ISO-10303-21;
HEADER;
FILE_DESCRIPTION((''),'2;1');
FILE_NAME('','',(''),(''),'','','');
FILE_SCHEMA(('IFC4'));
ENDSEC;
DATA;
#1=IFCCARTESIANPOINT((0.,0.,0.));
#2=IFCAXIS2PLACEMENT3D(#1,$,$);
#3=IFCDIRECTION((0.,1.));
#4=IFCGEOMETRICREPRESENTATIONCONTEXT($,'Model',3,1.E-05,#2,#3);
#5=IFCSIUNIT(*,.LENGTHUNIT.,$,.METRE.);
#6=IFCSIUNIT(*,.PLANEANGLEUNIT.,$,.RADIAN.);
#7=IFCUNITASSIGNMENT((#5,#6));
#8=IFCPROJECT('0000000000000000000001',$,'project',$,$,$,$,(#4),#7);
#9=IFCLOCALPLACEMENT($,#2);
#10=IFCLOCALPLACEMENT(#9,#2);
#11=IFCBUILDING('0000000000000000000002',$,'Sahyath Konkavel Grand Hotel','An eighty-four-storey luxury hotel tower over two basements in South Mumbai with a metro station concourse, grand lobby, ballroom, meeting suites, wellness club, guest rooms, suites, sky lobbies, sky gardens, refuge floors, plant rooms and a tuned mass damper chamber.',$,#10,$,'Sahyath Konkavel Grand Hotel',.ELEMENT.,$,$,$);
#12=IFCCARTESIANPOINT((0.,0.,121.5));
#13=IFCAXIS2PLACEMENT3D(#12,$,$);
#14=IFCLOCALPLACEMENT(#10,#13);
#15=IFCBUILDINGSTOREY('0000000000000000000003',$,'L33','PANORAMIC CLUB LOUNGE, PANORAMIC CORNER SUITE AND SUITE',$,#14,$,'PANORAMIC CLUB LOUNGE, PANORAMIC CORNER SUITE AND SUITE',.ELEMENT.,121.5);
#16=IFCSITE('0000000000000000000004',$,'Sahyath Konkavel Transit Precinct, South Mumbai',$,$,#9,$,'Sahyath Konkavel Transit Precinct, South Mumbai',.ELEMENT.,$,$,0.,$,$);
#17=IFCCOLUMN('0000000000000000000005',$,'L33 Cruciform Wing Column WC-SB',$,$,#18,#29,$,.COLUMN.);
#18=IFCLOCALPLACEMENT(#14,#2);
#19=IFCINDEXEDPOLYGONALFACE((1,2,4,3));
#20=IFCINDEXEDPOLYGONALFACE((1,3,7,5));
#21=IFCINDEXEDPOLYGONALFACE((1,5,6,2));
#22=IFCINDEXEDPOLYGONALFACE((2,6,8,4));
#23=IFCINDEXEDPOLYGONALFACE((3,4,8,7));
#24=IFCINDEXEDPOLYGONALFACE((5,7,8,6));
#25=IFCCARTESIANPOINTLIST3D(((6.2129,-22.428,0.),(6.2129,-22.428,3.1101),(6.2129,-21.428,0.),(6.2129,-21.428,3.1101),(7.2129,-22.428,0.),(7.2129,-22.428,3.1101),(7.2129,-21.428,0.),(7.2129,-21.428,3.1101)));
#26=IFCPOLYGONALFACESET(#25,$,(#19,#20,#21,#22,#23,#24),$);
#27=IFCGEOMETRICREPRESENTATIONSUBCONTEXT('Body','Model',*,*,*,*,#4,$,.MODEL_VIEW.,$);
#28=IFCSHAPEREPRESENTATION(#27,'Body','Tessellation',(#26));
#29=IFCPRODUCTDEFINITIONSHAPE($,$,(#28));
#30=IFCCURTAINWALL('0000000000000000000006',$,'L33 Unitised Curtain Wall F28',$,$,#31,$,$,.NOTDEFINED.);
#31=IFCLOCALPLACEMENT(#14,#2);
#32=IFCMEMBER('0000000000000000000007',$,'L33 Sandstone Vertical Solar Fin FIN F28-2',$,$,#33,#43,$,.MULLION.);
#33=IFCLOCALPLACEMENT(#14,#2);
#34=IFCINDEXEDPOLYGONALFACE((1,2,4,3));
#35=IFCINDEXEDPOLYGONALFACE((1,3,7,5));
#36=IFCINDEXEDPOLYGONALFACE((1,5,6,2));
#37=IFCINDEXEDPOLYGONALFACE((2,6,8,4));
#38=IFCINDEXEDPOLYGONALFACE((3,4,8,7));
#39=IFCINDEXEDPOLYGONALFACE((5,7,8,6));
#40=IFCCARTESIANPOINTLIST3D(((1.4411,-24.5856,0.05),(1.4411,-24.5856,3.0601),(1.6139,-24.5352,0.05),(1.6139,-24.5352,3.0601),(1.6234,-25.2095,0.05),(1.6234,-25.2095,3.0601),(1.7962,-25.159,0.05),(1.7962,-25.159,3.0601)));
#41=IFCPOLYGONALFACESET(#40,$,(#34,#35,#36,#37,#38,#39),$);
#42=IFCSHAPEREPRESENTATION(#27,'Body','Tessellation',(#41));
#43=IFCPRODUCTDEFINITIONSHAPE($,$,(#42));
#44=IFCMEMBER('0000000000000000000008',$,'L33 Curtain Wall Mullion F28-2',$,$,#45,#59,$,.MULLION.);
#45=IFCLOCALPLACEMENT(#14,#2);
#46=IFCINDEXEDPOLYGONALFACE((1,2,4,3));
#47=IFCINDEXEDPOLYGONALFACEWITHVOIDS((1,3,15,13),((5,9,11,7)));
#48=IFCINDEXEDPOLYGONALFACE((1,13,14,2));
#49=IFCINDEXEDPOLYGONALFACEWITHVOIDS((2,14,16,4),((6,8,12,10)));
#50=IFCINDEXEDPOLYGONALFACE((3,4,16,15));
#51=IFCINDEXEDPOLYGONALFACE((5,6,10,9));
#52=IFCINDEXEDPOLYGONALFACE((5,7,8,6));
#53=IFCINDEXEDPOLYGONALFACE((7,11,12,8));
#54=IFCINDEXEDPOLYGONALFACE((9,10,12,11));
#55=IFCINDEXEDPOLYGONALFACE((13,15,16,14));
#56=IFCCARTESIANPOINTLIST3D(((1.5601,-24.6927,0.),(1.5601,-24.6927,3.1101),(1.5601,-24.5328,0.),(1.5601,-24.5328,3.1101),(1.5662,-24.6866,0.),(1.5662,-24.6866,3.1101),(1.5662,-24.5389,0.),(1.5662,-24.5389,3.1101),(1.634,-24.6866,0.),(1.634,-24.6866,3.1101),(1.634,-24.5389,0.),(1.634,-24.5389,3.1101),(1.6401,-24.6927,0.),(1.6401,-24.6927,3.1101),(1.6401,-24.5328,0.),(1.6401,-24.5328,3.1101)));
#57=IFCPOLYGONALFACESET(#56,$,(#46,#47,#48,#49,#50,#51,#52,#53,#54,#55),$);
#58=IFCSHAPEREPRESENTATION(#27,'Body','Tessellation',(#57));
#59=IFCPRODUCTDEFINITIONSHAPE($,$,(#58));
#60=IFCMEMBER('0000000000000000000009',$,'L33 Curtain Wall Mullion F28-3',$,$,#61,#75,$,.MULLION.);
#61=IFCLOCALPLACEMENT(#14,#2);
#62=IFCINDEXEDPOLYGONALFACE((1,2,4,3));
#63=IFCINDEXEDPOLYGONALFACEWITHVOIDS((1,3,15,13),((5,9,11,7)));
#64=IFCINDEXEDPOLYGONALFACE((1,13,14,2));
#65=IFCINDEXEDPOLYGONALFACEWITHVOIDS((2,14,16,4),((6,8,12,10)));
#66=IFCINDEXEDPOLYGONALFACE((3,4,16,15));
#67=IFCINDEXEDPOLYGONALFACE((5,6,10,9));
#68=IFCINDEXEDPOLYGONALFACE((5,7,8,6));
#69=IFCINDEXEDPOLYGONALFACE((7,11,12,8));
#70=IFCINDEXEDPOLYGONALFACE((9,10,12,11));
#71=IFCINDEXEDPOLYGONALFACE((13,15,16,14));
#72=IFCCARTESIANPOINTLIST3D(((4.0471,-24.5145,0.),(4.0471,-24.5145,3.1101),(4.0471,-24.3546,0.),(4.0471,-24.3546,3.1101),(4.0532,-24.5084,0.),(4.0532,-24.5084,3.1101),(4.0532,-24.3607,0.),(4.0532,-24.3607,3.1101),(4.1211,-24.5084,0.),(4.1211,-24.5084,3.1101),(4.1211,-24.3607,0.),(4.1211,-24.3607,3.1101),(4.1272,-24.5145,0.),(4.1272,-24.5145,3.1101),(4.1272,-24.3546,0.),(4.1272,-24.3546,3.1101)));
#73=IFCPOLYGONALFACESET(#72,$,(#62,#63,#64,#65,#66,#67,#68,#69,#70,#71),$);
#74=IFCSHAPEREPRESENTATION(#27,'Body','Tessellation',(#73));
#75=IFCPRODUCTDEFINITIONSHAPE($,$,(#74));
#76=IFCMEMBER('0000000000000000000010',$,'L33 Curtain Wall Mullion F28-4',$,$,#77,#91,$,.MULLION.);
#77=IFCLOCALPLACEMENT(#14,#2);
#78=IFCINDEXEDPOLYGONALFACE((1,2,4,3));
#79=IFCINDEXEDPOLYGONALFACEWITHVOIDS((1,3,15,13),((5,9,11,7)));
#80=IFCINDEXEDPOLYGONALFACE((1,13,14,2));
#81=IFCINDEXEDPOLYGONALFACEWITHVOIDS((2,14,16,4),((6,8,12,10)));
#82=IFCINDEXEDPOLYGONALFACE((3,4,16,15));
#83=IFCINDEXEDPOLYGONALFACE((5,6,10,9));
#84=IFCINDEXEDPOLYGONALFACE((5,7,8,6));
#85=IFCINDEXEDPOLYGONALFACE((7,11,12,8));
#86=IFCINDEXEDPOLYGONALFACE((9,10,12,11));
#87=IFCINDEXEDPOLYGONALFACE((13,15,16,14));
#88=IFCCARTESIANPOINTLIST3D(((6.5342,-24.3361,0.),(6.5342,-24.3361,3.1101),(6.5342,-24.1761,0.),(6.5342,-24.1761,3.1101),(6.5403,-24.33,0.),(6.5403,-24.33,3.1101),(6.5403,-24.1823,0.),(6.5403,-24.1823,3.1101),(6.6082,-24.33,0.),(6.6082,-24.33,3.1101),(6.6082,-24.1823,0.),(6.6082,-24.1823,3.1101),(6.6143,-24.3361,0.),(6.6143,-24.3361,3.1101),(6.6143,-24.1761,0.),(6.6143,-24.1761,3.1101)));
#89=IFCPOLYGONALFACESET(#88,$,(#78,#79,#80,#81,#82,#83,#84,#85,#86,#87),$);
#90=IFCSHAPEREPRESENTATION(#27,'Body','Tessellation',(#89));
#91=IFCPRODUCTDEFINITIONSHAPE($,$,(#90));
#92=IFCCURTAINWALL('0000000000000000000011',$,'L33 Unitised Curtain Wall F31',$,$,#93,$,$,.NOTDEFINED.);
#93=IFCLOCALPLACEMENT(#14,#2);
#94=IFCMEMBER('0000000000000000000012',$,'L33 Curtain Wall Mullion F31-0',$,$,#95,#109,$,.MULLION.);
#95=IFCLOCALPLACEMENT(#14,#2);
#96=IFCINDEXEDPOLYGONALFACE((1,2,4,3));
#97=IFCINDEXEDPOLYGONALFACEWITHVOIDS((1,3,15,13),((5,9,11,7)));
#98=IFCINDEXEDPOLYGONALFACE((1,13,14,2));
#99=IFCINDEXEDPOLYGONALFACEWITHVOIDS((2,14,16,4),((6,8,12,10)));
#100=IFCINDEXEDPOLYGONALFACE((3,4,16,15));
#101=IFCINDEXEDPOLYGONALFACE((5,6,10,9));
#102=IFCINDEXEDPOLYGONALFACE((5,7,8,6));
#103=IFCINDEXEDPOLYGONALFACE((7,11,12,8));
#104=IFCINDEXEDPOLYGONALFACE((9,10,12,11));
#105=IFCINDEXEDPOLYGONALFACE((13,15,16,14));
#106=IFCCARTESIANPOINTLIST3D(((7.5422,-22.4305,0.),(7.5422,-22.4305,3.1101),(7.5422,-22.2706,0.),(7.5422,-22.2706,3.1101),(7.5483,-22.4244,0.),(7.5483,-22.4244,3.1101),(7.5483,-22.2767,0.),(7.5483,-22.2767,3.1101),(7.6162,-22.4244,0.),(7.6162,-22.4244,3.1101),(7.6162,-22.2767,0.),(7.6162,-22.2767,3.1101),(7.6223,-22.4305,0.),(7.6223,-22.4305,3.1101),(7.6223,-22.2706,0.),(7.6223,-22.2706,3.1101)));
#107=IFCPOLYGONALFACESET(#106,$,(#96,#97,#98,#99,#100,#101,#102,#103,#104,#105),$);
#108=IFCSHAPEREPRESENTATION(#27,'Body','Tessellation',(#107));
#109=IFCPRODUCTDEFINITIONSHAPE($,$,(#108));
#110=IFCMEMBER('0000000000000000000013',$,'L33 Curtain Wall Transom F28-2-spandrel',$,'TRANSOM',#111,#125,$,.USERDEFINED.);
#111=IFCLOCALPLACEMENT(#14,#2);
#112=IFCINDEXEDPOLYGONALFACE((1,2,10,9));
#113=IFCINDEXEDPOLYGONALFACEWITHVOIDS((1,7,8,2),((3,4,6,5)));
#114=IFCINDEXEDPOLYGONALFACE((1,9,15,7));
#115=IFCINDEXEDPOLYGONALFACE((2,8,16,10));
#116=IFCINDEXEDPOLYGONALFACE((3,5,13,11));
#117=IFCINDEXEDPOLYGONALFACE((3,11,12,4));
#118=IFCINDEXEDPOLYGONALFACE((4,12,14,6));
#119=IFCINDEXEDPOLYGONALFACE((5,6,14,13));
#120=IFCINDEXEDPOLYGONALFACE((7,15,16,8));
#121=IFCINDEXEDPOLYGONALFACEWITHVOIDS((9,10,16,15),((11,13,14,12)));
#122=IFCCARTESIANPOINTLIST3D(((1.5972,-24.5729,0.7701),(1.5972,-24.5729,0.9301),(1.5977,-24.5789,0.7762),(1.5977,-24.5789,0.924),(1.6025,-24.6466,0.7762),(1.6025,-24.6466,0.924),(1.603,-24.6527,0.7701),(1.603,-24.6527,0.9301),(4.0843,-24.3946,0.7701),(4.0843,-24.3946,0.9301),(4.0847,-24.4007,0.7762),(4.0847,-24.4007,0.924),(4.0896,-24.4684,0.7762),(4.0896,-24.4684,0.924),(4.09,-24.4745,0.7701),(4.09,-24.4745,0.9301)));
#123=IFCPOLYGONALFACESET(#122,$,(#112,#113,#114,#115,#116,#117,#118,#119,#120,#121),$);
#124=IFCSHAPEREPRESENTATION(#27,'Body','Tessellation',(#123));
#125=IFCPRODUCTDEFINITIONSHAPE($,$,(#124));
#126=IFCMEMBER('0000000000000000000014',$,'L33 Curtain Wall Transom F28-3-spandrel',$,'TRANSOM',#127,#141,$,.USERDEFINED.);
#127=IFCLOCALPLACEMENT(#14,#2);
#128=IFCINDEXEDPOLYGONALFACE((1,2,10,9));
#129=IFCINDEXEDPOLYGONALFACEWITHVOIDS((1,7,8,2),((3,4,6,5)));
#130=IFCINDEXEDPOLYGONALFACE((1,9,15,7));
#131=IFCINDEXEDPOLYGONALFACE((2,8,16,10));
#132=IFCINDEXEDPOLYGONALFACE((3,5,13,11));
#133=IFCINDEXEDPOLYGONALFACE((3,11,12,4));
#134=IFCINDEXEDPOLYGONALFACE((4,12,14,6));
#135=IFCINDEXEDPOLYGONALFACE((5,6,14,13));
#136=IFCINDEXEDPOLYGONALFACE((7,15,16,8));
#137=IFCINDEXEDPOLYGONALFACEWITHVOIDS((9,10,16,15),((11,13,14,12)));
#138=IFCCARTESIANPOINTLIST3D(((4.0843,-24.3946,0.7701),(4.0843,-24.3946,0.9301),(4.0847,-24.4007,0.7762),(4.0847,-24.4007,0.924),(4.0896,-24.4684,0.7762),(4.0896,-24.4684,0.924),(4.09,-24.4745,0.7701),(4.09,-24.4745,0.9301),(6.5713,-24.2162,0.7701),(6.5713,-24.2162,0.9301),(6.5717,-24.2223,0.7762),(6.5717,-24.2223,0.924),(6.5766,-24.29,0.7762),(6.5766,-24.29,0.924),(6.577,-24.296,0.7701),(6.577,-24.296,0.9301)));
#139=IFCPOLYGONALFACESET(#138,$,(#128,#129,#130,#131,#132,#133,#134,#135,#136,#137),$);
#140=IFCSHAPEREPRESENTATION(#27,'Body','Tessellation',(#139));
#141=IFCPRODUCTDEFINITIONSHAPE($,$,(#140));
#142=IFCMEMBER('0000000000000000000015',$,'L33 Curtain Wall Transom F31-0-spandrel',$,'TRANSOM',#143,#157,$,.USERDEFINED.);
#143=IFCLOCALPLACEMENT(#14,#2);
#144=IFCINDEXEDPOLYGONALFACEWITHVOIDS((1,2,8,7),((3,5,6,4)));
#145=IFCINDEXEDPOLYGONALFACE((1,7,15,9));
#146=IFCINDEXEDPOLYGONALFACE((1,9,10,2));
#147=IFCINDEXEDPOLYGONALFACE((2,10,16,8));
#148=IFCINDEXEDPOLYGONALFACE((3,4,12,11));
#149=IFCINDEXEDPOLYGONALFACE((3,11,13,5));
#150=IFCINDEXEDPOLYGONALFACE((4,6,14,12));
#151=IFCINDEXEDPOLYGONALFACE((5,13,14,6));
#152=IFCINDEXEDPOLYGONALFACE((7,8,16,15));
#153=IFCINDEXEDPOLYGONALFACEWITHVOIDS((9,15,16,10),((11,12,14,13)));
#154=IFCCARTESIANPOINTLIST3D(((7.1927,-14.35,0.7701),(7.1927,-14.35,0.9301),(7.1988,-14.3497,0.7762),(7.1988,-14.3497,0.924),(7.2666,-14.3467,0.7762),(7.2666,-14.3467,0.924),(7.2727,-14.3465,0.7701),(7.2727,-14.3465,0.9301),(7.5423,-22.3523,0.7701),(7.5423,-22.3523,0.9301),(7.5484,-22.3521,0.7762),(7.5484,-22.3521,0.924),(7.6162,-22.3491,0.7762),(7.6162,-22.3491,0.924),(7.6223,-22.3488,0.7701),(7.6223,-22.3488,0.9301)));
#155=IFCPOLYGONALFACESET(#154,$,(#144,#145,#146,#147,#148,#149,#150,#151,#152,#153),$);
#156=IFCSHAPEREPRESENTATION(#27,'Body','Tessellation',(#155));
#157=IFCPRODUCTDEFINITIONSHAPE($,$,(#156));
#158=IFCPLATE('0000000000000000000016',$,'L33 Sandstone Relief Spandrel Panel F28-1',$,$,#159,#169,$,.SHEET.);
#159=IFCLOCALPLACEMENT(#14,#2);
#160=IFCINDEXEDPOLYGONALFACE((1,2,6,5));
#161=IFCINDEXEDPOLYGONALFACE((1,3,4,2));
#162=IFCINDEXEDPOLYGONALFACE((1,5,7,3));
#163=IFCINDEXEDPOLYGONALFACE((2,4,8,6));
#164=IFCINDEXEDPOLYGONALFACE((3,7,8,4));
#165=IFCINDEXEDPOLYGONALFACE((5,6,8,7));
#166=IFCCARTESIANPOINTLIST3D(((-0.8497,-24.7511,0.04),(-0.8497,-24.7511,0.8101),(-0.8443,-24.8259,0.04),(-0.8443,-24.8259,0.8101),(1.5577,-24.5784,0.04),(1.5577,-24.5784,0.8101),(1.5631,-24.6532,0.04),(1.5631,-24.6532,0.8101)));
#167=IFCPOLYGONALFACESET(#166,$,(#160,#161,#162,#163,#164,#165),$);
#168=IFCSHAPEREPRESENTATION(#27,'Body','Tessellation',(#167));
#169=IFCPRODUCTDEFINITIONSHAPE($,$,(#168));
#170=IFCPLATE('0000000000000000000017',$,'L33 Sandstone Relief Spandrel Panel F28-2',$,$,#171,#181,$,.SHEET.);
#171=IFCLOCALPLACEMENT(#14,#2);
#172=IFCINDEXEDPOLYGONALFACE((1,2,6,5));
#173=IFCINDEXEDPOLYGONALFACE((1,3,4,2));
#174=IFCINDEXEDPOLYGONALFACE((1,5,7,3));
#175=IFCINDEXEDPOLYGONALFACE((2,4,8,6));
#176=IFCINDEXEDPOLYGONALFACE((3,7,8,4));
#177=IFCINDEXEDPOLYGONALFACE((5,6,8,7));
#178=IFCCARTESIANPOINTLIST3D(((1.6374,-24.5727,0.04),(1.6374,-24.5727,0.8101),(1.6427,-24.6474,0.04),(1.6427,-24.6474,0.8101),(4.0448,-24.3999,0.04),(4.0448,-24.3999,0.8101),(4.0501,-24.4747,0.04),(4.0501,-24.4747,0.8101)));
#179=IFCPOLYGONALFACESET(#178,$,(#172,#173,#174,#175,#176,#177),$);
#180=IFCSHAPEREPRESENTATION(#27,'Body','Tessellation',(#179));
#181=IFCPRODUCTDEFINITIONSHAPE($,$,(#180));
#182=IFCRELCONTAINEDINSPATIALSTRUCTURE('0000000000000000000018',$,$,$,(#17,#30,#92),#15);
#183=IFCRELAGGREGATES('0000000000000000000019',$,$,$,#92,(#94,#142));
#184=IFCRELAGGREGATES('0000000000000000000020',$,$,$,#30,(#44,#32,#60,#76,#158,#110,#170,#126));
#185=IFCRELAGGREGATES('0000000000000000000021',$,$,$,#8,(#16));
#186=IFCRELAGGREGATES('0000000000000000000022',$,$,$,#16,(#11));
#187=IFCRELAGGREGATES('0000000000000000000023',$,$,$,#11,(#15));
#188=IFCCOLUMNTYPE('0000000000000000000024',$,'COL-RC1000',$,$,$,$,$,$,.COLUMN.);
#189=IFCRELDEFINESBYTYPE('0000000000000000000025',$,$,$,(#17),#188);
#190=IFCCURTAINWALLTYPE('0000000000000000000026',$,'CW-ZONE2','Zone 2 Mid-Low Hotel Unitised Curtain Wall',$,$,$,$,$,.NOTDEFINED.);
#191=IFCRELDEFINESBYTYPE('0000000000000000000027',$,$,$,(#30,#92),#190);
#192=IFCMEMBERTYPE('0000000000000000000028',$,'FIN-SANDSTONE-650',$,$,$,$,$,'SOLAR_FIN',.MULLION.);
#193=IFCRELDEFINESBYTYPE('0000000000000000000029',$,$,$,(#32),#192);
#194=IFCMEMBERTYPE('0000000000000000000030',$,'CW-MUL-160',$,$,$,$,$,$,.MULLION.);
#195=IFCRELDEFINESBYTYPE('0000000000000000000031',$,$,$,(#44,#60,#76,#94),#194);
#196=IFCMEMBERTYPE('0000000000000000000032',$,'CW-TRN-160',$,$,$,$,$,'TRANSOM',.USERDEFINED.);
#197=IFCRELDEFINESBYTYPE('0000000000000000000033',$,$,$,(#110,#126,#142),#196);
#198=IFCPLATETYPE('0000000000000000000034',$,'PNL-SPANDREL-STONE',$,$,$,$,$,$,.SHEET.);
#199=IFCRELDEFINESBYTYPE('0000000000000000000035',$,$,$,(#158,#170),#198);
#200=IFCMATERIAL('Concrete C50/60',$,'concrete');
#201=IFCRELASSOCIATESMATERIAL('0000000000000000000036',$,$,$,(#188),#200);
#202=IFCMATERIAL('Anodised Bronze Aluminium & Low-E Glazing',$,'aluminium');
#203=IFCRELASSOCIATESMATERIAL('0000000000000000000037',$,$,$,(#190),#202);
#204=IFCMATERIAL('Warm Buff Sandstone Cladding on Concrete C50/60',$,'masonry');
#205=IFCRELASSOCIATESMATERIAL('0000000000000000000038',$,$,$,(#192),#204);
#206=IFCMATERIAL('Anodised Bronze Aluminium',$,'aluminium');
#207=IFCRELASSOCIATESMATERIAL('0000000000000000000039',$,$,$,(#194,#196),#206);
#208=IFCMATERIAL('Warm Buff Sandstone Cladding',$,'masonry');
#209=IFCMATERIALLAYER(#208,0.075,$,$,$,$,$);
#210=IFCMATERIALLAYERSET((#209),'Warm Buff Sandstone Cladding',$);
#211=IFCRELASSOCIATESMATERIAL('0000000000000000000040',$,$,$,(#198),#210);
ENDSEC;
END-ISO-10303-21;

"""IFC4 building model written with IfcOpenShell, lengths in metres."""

from ifc_helpers import new_model, si_unit, direction, frame, origin, origin_2d, place, context, subcontext, project, spatial, rectangle, hollow_rectangle, extrude, source, transform, mapped, material, layer, layer_set, material_profile, profile_set, type_object, element, aggregate, save


model = new_model("IFC4")

# Units and contexts
model_context = context("Model", 3, precision=1e-05, world=origin(), true_north=direction((0.0, 1.0)))
body_context = subcontext(model_context, "Body", "Model", "MODEL_VIEW")
ifc_project = project(units=[si_unit("LENGTHUNIT", "METRE"), si_unit("PLANEANGLEUNIT", "RADIAN")], contexts=[model_context])

# Site, building, storey
site_placement = place(None, origin())
site = spatial("IfcSite", under=ifc_project, at=site_placement, Name="Sahyath Konkavel Transit Precinct, South Mumbai", LongName="Sahyath Konkavel Transit Precinct, South Mumbai", CompositionType="ELEMENT", RefElevation=0.0)
building_placement = place(site_placement, origin())
building = spatial("IfcBuilding", under=site, at=building_placement, Name="Sahyath Konkavel Grand Hotel", Description="An eighty-four-storey luxury hotel tower over two basements in South Mumbai with a metro station concourse, grand lobby, ballroom, meeting suites, wellness club, guest rooms, suites, sky lobbies, sky gardens, refuge floors, plant rooms and a tuned mass damper chamber.", LongName="Sahyath Konkavel Grand Hotel", CompositionType="ELEMENT")
storey_placement = place(building_placement, frame((0.0, 0.0, 121.5)))
storey = spatial("IfcBuildingStorey", under=building, at=storey_placement, Name="L33", Description="PANORAMIC CLUB LOUNGE, PANORAMIC CORNER SUITE AND SUITE", LongName="PANORAMIC CLUB LOUNGE, PANORAMIC CORNER SUITE AND SUITE", CompositionType="ELEMENT", Elevation=121.5)

# Column
ifc_material_1 = material(Name="Concrete C50/60", Category="concrete")
ifc_material_profile_1 = material_profile(ifc_material_1, rectangle(XDim=1.0, YDim=1.0, at=origin_2d()), Name="RC 1000x1000")
ifc_profile_set_1 = profile_set([ifc_material_profile_1], Name="Concrete C50/60")
column_type = type_object("IfcColumnType", Name="COL-RC1000", PredefinedType="COLUMN", material=ifc_profile_set_1)
shared_shape_1 = source(origin(), body_context, "Body", "SweptSolid", [
    extrude(rectangle(XDim=1.0, YDim=1.0, at=origin_2d()), origin(), (0.0, 0.0, 1.0), 3.1101),
])
column_placement = place(storey_placement, frame((6.7129, -21.928, 0.0), z_axis=(0.0, 0.0, 1.0), x_axis=(1.0, 0.0, 0.0)))
element("IfcColumn", 1, at=column_placement, inside=storey, type_object=column_type, Name="L33 Cruciform Wing Column WC-SB", PredefinedType="COLUMN", context=body_context, shape_type="MappedRepresentation", body=[
    mapped(shared_shape_1, transform((0.0, 0.0, 0.0), scale=1.0)),
])

# Curtain wall, members
ifc_material_2 = material(Name="Anodised Bronze Aluminium & Low-E Glazing", Category="aluminium")
curtain_wall_type = type_object("IfcCurtainWallType", Name="CW-ZONE2", Description="Zone 2 Mid-Low Hotel Unitised Curtain Wall", PredefinedType="NOTDEFINED", material=ifc_material_2)
curtain_wall_1_placement = place(storey_placement, origin())
curtain_wall_1 = element("IfcCurtainWall", 2, at=curtain_wall_1_placement, inside=storey, type_object=curtain_wall_type, Name="L33 Unitised Curtain Wall F28", PredefinedType="NOTDEFINED")
ifc_material_3 = material(Name="Warm Buff Sandstone Cladding on Concrete C50/60", Category="masonry")
ifc_material_profile_2 = material_profile(ifc_material_3, rectangle(XDim=0.1799, YDim=0.6499, at=origin_2d()), Name="FIN 180x650")
ifc_profile_set_2 = profile_set([ifc_material_profile_2], Name="Warm Buff Sandstone Cladding on Concrete C50/60")
member_type_1 = type_object("IfcMemberType", Name="FIN-SANDSTONE-650", ElementType="SOLAR_FIN", PredefinedType="MULLION", material=ifc_profile_set_2)
shared_shape_2 = source(origin(), body_context, "Body", "SweptSolid", [
    extrude(rectangle(XDim=0.1799, YDim=0.6499, at=origin_2d()), origin(), (0.0, 0.0, 1.0), 3.01),
])
member_1_placement = place(storey_placement, frame((1.6187, -24.8723, 0.05), z_axis=(0.0, 0.0, 1.0), x_axis=(0.959854, 0.280499, 0.0)))
member_1 = element("IfcMember", 3, at=member_1_placement, type_object=member_type_1, Name="L33 Sandstone Vertical Solar Fin FIN F28-2", PredefinedType="MULLION", context=body_context, shape_type="MappedRepresentation", body=[
    mapped(shared_shape_2, transform((0.0, 0.0, 0.0), scale=1.0)),
])
ifc_material_4 = material(Name="Anodised Bronze Aluminium", Category="aluminium")
ifc_material_profile_3 = material_profile(ifc_material_4, hollow_rectangle(XDim=0.0801, YDim=0.1599, WallThickness=0.0061, at=origin_2d()), Name="RHS 160x80x6")
ifc_profile_set_3 = profile_set([ifc_material_profile_3], Name="Anodised Bronze Aluminium")
member_type_2 = type_object("IfcMemberType", Name="CW-MUL-160", PredefinedType="MULLION", material=ifc_profile_set_3)
shared_shape_3 = source(origin(), body_context, "Body", "SweptSolid", [
    extrude(hollow_rectangle(XDim=0.0801, YDim=0.1599, WallThickness=0.0061, at=origin_2d()), origin(), (0.0, 0.0, 1.0), 3.1101),
])
member_2_placement = place(storey_placement, frame((1.6001, -24.6128, 0.0), z_axis=(0.0, 0.0, 1.0), x_axis=(1.0, 0.0, 0.0)))
member_2 = element("IfcMember", 4, at=member_2_placement, type_object=member_type_2, Name="L33 Curtain Wall Mullion F28-2", PredefinedType="MULLION", context=body_context, shape_type="MappedRepresentation", body=[
    mapped(shared_shape_3, transform((0.0, 0.0, 0.0), scale=1.0)),
])
member_3_placement = place(storey_placement, frame((4.0872, -24.4346, 0.0), z_axis=(0.0, 0.0, 1.0), x_axis=(1.0, 0.0, 0.0)))
member_3 = element("IfcMember", 5, at=member_3_placement, type_object=member_type_2, Name="L33 Curtain Wall Mullion F28-3", PredefinedType="MULLION", context=body_context, shape_type="MappedRepresentation", body=[
    mapped(shared_shape_3, transform((0.0, 0.0, 0.0), scale=1.0)),
])
member_4_placement = place(storey_placement, frame((6.5742, -24.2561, 0.0), z_axis=(0.0, 0.0, 1.0), x_axis=(1.0, 0.0, 0.0)))
member_4 = element("IfcMember", 6, at=member_4_placement, type_object=member_type_2, Name="L33 Curtain Wall Mullion F28-4", PredefinedType="MULLION", context=body_context, shape_type="MappedRepresentation", body=[
    mapped(shared_shape_3, transform((0.0, 0.0, 0.0), scale=1.0)),
])

# Curtain wall, member
curtain_wall_2_placement = place(storey_placement, origin())
curtain_wall_2 = element("IfcCurtainWall", 7, at=curtain_wall_2_placement, inside=storey, type_object=curtain_wall_type, Name="L33 Unitised Curtain Wall F31", PredefinedType="NOTDEFINED")
member_5_placement = place(storey_placement, frame((7.5823, -22.3506, 0.0), z_axis=(0.0, 0.0, 1.0), x_axis=(1.0, 0.0, 0.0)))
member_5 = element("IfcMember", 8, at=member_5_placement, type_object=member_type_2, Name="L33 Curtain Wall Mullion F31-0", PredefinedType="MULLION", context=body_context, shape_type="MappedRepresentation", body=[
    mapped(shared_shape_3, transform((0.0, 0.0, 0.0), scale=1.0)),
])

# Members
ifc_material_profile_4 = material_profile(ifc_material_4, hollow_rectangle(XDim=0.0801, YDim=0.1599, WallThickness=0.0061, at=origin_2d()), Name="RHS 160x80x6")
ifc_profile_set_4 = profile_set([ifc_material_profile_4], Name="Anodised Bronze Aluminium")
member_type_3 = type_object("IfcMemberType", Name="CW-TRN-160", ElementType="TRANSOM", PredefinedType="USERDEFINED", material=ifc_profile_set_4)
shared_shape_4 = source(origin(), body_context, "Body", "SweptSolid", [
    extrude(hollow_rectangle(XDim=0.0801, YDim=0.1599, WallThickness=0.0061, at=origin_2d()), origin(), (0.0, 0.0, 1.0), 2.4934),
])
member_6_placement = place(storey_placement, frame((1.6001, -24.6128, 0.8501), z_axis=(0.997442, 0.071477, 0.0), x_axis=(-0.071477, 0.997442, 0.0)))
member_6 = element("IfcMember", 9, at=member_6_placement, type_object=member_type_3, Name="L33 Curtain Wall Transom F28-2-spandrel", ObjectType="TRANSOM", PredefinedType="USERDEFINED", context=body_context, shape_type="MappedRepresentation", body=[
    mapped(shared_shape_4, transform((0.0, 0.0, 0.0), scale=1.0)),
])
member_7_placement = place(storey_placement, frame((4.0872, -24.4346, 0.8501), z_axis=(0.997435, 0.071574, 0.0), x_axis=(-0.071574, 0.997435, 0.0)))
member_7 = element("IfcMember", 10, at=member_7_placement, type_object=member_type_3, Name="L33 Curtain Wall Transom F28-3-spandrel", ObjectType="TRANSOM", PredefinedType="USERDEFINED", context=body_context, shape_type="MappedRepresentation", body=[
    mapped(shared_shape_4, transform((0.0, 0.0, 0.0), scale=1.0)),
])
shared_shape_5 = source(origin(), body_context, "Body", "SweptSolid", [
    extrude(hollow_rectangle(XDim=0.0801, YDim=0.1599, WallThickness=0.0061, at=origin_2d()), origin(), (0.0, 0.0, 1.0), 8.01),
])
member_8_placement = place(storey_placement, frame((7.5823, -22.3506, 0.8501), z_axis=(-0.043646, 0.999047, 0.0), x_axis=(-0.999047, -0.043646, 0.0)))
member_8 = element("IfcMember", 11, at=member_8_placement, type_object=member_type_3, Name="L33 Curtain Wall Transom F31-0-spandrel", ObjectType="TRANSOM", PredefinedType="USERDEFINED", context=body_context, shape_type="MappedRepresentation", body=[
    mapped(shared_shape_5, transform((0.0, 0.0, 0.0), scale=1.0)),
])

# Plates
ifc_material_5 = material(Name="Warm Buff Sandstone Cladding", Category="masonry")
ifc_layer_1 = layer(ifc_material_5, 0.075)
ifc_layer_set_1 = layer_set([ifc_layer_1], Name="Warm Buff Sandstone Cladding")
plate_type_1 = type_object("IfcPlateType", Name="PNL-SPANDREL-STONE", PredefinedType="SHEET", material=ifc_layer_set_1)
shared_shape_6 = source(origin(), body_context, "Body", "SweptSolid", [
    extrude(rectangle(XDim=2.4136, YDim=0.075, at=origin_2d()), origin(), (0.0, 0.0, 1.0), 0.77),
])
plate_1_placement = place(storey_placement, frame((0.3567, -24.7021, 0.04), z_axis=(0.0, 0.0, 1.0), x_axis=(0.997436, 0.071567, 0.0)))
plate_1 = element("IfcPlate", 12, at=plate_1_placement, type_object=plate_type_1, Name="L33 Sandstone Relief Spandrel Panel F28-1", PredefinedType="SHEET", context=body_context, shape_type="MappedRepresentation", body=[
    mapped(shared_shape_6, transform((0.0, 0.0, 0.0), scale=1.0)),
])
plate_2_placement = place(storey_placement, frame((2.8438, -24.5237, 0.04), z_axis=(0.0, 0.0, 1.0), x_axis=(0.997436, 0.071567, 0.0)))
plate_2 = element("IfcPlate", 13, at=plate_2_placement, type_object=plate_type_1, Name="L33 Sandstone Relief Spandrel Panel F28-2", PredefinedType="SHEET", context=body_context, shape_type="MappedRepresentation", body=[
    mapped(shared_shape_6, transform((0.0, 0.0, 0.0), scale=1.0)),
])
aggregate(curtain_wall_2, [member_5, member_8])
aggregate(curtain_wall_1, [member_2, member_1, member_3, member_4, plate_1, member_6, plate_2, member_7])

save(model, "model.ifc")
